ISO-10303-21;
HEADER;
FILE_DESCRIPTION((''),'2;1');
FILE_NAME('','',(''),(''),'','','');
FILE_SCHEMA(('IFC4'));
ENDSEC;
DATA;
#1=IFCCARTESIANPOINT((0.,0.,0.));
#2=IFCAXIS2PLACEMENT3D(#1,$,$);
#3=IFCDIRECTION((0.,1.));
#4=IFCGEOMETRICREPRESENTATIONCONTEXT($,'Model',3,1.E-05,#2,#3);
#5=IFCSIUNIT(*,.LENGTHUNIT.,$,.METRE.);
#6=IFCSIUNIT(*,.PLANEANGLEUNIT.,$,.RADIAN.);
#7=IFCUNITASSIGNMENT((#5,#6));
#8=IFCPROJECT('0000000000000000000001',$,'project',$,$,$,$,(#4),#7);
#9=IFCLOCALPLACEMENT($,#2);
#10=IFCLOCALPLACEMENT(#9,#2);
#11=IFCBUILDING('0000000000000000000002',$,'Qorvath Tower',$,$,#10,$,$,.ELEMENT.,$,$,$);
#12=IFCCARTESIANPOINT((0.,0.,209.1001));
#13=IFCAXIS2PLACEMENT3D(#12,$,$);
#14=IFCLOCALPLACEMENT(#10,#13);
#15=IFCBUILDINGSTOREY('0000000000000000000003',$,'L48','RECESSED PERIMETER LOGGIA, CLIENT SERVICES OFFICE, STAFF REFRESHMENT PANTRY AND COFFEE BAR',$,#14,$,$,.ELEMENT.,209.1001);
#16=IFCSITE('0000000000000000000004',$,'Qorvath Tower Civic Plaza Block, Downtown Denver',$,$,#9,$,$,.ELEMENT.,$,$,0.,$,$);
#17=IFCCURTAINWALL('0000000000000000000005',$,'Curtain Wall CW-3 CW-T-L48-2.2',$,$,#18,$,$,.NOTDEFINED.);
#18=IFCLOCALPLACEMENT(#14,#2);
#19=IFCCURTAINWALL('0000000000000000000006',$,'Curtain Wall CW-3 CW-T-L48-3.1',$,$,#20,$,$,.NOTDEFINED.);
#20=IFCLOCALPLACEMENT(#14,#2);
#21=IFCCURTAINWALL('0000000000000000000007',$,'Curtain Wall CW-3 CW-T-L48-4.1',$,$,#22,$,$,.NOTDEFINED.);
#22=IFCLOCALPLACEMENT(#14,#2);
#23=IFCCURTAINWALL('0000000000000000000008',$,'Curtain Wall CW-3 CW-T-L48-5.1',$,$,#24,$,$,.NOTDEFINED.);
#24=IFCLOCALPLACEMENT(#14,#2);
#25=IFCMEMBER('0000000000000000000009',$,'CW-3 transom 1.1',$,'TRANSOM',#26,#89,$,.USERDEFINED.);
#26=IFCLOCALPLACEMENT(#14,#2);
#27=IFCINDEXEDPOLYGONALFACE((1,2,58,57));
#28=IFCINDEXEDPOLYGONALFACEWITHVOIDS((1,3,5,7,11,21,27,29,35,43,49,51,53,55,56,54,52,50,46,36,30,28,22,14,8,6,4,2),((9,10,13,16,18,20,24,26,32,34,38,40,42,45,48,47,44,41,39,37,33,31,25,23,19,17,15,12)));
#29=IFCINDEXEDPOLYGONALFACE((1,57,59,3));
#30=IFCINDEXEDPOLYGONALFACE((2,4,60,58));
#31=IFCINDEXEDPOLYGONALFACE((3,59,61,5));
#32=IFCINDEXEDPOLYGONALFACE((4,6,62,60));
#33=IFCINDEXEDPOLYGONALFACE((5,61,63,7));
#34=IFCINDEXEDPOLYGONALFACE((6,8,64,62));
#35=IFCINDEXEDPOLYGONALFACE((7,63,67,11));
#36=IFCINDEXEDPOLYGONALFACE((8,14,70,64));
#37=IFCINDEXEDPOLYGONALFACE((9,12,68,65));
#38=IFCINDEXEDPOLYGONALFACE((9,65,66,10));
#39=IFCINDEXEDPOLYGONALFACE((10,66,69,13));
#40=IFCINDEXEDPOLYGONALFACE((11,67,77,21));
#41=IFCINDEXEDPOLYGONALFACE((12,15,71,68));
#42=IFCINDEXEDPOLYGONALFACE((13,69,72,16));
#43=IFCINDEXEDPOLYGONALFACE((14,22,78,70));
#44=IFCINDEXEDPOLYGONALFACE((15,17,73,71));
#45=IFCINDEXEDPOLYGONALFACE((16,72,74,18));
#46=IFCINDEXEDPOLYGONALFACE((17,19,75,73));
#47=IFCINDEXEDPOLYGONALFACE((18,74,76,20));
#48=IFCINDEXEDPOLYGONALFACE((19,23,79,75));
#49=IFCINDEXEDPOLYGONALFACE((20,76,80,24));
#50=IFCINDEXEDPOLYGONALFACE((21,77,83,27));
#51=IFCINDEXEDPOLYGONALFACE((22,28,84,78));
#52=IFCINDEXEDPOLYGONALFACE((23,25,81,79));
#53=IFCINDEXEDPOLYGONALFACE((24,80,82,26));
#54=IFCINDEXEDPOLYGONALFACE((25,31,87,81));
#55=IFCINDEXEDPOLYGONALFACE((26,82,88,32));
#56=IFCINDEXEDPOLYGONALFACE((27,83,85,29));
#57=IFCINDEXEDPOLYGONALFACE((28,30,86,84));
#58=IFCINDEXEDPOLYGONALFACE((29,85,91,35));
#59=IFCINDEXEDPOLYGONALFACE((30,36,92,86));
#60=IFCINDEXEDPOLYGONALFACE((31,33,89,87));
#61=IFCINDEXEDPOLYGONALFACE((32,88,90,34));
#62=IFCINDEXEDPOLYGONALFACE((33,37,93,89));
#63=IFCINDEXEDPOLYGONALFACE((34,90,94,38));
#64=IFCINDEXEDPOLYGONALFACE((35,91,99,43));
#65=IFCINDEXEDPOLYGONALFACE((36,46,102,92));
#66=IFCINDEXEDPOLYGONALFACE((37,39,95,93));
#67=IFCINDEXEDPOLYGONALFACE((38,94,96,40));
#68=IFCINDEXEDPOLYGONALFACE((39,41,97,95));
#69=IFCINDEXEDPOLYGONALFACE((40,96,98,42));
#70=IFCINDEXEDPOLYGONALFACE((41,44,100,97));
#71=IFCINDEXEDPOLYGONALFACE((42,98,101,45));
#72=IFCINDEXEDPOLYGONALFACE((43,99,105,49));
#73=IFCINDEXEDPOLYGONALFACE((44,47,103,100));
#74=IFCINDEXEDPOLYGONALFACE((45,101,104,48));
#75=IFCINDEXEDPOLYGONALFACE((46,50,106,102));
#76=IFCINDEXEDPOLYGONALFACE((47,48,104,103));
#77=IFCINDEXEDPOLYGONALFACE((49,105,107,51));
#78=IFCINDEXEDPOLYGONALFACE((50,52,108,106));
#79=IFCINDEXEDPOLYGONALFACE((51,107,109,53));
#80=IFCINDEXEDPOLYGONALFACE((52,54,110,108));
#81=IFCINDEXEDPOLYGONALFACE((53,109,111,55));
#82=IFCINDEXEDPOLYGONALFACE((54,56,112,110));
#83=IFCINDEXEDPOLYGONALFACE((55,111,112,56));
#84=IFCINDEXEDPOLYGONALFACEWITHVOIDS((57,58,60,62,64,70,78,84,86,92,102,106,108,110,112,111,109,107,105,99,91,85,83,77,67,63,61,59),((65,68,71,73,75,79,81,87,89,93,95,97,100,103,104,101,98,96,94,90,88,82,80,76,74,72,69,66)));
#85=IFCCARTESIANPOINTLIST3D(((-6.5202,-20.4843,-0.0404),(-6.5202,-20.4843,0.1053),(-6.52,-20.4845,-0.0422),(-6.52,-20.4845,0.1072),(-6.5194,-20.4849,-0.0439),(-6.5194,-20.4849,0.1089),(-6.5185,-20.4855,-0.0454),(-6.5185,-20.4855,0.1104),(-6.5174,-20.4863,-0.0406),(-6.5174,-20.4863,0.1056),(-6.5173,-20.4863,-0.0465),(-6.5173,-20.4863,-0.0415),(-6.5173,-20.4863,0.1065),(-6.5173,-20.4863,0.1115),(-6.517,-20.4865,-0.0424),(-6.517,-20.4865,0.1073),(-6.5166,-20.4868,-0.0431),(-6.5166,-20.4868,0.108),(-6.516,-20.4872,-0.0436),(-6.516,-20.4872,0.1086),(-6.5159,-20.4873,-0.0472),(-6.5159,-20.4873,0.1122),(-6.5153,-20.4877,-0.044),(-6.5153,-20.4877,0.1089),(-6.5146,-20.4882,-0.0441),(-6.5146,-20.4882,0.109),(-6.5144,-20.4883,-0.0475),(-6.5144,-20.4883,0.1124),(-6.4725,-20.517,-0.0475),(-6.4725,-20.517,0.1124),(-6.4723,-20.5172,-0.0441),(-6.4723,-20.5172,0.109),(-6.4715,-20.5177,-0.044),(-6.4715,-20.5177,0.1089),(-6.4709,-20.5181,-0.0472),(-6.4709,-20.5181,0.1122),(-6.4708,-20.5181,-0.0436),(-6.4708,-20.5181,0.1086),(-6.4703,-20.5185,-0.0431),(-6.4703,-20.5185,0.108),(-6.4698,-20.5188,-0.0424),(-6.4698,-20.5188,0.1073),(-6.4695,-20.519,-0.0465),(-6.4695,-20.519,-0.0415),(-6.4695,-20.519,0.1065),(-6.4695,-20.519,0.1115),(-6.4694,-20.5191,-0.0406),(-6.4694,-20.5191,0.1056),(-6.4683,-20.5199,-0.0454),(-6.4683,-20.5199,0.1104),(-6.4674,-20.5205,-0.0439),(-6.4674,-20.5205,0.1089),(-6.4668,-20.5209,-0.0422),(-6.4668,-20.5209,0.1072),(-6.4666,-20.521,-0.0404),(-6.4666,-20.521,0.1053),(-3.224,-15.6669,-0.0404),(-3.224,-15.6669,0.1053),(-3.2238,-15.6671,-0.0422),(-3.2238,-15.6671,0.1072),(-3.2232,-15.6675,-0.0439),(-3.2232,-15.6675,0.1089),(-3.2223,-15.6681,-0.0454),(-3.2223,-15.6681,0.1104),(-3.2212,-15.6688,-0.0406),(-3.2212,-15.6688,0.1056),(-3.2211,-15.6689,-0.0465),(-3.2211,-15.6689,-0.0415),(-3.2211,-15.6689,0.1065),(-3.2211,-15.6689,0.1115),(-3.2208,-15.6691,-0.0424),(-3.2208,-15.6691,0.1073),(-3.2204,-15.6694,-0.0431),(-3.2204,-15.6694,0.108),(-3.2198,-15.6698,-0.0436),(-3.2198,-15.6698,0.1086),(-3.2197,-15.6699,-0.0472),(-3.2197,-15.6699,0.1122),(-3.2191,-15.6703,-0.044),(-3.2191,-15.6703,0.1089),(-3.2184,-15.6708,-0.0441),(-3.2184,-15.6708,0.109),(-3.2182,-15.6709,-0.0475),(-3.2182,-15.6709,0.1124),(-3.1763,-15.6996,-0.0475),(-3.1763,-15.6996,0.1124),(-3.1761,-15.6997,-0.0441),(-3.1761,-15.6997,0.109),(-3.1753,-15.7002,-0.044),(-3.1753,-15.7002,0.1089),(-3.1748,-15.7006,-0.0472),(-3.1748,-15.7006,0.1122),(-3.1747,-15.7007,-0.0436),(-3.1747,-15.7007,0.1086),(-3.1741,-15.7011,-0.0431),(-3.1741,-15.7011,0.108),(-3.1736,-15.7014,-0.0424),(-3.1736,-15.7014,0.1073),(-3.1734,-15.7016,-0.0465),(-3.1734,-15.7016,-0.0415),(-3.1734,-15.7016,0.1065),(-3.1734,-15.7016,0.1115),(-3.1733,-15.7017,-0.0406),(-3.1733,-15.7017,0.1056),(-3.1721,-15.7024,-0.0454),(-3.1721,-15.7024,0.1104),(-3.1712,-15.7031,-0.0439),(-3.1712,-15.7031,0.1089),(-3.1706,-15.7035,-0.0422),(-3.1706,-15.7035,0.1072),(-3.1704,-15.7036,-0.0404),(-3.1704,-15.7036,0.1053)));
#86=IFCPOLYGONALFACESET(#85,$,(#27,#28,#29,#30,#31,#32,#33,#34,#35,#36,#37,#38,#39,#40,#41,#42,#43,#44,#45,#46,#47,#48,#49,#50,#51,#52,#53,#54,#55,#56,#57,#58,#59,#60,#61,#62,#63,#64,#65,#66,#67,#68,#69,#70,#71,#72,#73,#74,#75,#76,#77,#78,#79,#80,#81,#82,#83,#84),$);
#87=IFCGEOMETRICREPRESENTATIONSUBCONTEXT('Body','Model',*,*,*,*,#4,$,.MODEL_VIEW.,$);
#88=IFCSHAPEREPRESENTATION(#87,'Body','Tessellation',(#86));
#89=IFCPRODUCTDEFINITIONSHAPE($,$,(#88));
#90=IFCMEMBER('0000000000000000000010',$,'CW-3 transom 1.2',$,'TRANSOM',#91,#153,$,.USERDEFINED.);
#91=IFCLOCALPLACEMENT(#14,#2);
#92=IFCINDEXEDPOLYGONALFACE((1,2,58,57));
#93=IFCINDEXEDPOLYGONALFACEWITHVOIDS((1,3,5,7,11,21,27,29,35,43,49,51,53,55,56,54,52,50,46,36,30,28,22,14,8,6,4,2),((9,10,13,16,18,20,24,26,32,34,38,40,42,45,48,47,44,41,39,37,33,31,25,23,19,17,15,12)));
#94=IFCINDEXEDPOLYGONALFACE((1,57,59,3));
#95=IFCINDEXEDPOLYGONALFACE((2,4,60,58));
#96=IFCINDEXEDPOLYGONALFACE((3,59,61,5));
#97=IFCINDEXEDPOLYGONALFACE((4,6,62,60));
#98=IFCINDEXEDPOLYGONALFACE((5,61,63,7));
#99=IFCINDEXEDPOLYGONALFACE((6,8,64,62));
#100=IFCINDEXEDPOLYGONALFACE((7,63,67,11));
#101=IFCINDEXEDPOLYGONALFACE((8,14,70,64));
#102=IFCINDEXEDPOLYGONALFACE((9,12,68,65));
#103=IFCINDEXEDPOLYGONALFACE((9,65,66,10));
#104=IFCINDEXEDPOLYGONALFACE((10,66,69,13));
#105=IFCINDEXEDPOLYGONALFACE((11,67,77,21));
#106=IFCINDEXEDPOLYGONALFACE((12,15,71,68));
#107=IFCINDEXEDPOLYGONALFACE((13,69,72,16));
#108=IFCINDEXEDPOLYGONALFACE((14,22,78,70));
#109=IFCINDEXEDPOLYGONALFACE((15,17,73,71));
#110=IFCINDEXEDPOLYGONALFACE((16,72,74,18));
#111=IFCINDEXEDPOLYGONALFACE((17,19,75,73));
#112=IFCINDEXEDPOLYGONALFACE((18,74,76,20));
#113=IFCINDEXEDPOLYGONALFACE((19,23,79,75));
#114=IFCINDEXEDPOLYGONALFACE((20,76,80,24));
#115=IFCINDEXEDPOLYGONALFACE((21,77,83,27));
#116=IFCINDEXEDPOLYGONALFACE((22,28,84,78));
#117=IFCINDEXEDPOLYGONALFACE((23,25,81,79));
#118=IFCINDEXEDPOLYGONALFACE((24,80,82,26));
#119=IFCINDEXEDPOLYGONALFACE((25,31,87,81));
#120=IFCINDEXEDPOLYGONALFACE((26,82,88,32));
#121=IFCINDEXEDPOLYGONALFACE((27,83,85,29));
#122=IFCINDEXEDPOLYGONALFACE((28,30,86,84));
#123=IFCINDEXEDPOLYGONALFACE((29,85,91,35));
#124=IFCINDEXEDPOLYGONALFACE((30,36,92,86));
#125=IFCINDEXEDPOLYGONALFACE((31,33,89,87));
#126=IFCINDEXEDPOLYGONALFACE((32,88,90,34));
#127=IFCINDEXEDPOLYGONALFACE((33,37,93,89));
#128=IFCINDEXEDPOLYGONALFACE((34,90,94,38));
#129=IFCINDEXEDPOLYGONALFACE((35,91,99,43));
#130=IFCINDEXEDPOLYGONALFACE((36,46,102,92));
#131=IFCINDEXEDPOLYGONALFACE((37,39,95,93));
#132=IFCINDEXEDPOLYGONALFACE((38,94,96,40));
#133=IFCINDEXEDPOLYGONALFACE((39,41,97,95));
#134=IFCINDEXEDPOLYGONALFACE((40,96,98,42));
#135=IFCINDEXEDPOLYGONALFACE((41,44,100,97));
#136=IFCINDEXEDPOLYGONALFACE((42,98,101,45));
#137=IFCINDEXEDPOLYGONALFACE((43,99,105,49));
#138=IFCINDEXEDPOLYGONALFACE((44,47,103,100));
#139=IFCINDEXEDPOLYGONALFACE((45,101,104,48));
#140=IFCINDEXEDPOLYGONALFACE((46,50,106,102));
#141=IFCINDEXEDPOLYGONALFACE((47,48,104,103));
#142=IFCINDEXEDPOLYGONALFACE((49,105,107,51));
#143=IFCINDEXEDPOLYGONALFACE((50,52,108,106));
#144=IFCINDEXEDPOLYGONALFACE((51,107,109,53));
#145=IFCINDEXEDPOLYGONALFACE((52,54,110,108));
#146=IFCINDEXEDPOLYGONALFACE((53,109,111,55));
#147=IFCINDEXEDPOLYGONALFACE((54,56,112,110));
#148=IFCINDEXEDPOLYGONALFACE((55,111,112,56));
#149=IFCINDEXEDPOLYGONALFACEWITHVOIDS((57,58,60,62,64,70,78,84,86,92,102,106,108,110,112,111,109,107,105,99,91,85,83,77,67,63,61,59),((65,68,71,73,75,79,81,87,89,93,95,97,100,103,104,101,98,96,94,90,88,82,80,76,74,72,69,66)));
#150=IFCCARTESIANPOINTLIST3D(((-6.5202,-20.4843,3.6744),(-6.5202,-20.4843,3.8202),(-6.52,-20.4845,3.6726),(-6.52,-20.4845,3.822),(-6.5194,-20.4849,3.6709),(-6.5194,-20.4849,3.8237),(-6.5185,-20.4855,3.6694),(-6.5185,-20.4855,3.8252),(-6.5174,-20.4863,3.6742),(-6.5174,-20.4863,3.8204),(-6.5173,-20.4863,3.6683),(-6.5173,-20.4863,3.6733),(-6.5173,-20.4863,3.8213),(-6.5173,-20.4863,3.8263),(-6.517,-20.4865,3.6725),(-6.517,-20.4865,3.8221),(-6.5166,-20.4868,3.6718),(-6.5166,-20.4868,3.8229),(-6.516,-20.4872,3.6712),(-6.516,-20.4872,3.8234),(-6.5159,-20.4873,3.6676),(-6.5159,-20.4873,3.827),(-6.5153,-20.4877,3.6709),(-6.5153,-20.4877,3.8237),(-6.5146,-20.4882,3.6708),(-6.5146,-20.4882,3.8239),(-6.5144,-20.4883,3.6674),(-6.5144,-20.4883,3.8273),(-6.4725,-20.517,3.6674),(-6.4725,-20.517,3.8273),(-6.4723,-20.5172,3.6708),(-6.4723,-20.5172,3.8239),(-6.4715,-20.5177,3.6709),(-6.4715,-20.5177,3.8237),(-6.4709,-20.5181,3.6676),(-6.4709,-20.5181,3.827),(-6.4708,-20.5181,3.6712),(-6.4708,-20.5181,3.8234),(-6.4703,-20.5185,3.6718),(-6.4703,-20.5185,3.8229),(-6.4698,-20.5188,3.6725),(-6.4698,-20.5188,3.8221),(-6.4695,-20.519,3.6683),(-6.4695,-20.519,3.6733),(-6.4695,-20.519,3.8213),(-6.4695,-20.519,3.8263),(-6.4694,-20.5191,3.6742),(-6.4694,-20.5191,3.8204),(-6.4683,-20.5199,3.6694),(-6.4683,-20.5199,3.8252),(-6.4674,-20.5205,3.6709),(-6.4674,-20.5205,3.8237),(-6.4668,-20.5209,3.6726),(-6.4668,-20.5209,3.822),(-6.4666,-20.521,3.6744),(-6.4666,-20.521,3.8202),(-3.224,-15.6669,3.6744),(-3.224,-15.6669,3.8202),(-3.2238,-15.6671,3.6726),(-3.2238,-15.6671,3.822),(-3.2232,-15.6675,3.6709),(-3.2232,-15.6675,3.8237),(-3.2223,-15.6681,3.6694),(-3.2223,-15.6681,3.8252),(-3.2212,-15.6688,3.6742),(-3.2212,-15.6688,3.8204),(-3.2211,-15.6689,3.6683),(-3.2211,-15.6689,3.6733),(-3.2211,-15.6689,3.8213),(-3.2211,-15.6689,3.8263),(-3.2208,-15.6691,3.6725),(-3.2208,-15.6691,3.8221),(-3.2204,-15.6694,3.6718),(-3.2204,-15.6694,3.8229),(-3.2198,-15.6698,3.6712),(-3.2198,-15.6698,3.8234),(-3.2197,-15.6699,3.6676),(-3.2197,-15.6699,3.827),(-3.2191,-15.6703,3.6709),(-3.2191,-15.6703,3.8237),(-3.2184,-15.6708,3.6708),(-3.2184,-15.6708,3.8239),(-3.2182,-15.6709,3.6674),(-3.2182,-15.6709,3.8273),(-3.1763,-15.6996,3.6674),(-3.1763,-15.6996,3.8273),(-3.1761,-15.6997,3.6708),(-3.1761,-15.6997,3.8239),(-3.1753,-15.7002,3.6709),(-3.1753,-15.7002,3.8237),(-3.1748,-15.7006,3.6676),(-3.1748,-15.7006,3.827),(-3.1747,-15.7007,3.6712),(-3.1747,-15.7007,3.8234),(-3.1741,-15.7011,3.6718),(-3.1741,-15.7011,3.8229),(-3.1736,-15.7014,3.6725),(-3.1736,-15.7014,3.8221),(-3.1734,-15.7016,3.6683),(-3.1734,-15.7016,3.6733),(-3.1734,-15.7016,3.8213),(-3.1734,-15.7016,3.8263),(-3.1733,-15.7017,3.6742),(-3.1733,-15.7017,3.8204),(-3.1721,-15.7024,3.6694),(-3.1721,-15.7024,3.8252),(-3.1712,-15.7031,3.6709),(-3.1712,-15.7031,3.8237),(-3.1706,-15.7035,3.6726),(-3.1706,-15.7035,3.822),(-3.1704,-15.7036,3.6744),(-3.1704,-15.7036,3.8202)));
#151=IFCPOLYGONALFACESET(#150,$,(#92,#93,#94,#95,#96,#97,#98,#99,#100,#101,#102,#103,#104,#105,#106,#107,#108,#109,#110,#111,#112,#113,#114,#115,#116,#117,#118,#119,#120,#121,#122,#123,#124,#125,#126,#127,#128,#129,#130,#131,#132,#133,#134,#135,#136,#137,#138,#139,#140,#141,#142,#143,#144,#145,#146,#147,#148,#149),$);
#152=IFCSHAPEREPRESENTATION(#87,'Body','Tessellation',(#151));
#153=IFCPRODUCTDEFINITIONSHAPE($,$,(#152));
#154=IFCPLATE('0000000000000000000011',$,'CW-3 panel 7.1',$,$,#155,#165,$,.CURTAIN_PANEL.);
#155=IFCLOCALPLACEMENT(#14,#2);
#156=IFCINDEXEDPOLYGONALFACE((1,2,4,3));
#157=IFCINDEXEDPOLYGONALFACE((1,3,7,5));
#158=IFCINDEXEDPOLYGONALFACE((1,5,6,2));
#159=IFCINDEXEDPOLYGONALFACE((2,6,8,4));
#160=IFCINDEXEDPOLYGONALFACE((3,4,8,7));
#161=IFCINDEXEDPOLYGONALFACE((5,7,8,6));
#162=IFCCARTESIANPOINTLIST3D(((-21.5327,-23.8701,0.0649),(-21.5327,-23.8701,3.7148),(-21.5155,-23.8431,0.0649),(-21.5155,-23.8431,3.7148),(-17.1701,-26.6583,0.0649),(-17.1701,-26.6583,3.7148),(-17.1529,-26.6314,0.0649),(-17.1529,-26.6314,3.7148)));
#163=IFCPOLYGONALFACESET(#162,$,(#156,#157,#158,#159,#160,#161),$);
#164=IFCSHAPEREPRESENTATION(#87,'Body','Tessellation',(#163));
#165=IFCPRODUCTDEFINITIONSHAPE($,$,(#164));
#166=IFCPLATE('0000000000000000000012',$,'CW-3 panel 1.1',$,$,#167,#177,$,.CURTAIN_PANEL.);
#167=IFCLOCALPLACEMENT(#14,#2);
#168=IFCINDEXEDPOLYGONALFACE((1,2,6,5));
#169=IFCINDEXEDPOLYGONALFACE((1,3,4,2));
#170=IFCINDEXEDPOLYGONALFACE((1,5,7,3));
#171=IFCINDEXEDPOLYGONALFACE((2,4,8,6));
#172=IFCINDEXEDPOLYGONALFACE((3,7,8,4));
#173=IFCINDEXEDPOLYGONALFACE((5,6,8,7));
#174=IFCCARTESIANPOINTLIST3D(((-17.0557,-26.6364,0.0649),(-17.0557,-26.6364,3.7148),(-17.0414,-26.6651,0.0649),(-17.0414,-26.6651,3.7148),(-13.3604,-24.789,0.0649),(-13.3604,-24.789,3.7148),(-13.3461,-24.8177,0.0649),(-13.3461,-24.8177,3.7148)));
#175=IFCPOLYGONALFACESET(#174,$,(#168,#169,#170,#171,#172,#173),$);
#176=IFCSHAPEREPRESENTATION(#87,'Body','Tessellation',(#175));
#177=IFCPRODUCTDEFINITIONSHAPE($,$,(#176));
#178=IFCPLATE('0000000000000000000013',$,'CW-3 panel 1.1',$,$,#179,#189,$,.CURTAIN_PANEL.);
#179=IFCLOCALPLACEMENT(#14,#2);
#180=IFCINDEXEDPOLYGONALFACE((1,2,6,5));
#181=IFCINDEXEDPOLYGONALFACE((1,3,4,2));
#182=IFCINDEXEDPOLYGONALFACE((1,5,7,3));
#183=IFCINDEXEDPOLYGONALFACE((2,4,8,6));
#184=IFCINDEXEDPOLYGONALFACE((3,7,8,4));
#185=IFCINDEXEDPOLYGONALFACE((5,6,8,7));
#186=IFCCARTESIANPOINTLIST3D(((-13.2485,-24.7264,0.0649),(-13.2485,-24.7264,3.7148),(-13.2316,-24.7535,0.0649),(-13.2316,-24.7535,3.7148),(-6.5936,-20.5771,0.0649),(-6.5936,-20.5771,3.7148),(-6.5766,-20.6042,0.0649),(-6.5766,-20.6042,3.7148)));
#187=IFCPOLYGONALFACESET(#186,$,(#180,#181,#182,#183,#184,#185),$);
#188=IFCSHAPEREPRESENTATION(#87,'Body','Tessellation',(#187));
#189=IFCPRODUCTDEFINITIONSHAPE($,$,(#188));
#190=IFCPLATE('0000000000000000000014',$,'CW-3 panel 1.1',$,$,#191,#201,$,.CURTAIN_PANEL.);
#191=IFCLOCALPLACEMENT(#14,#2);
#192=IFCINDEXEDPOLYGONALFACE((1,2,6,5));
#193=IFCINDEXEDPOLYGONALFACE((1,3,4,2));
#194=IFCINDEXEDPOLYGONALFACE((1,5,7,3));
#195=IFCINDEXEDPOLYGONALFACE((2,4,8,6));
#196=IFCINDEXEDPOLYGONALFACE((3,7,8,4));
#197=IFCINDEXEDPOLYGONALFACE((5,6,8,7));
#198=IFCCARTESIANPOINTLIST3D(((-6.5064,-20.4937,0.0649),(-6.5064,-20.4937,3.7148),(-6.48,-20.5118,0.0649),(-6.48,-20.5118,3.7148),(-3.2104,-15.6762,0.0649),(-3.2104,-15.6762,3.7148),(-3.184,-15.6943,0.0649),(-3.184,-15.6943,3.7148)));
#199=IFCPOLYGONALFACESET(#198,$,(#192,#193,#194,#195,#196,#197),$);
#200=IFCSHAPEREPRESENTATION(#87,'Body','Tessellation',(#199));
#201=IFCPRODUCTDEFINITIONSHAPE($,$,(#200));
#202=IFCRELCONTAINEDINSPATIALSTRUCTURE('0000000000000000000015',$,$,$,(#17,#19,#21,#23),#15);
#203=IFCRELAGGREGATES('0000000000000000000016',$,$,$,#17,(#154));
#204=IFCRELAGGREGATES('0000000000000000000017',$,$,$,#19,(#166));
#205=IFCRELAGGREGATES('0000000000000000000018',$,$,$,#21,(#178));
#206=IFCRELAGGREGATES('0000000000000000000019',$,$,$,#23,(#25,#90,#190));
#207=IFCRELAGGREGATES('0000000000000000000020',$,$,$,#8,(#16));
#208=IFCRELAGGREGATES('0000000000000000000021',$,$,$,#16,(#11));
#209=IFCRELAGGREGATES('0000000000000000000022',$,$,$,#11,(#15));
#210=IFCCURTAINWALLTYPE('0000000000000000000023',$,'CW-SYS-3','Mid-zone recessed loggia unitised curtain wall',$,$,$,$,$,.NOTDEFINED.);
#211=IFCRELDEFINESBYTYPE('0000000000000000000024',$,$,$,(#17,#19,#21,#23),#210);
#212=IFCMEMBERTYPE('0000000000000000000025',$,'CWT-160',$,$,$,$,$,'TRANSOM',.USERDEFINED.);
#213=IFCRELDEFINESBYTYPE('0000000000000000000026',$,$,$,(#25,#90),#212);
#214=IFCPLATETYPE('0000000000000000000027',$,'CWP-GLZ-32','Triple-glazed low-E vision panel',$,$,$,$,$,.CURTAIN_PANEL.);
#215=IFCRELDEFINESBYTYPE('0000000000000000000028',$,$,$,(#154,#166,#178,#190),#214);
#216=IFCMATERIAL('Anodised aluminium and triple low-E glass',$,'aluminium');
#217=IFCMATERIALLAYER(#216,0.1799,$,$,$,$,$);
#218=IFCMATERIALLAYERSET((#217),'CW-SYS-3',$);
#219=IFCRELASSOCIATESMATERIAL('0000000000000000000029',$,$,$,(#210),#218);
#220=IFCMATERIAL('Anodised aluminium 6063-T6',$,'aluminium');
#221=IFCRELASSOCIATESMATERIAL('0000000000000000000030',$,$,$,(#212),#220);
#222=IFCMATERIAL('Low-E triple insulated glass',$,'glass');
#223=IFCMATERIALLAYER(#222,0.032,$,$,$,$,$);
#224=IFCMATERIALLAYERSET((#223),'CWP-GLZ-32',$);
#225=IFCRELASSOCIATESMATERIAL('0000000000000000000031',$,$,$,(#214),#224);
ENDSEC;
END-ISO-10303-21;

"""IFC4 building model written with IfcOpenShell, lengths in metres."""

from ifc_helpers import new_model, si_unit, direction, frame, origin, origin_2d, place, context, subcontext, project, spatial, rectangle, hollow_rectangle, extrude, material, layer, layer_set, material_profile, profile_set, type_object, element, aggregate, save


model = new_model("IFC4")

# Units and contexts
model_context = context("Model", 3, precision=1e-05, world=origin(), true_north=direction((0.0, 1.0)))
body_context = subcontext(model_context, "Body", "Model", "MODEL_VIEW")
ifc_project = project(units=[si_unit("LENGTHUNIT", "METRE"), si_unit("PLANEANGLEUNIT", "RADIAN")], contexts=[model_context])

# Site, building, storey
site_placement = place(None, origin())
site = spatial("IfcSite", under=ifc_project, at=site_placement, Name="Qorvath Tower Civic Plaza Block, Downtown Denver", CompositionType="ELEMENT", RefElevation=0.0)
building_placement = place(site_placement, origin())
building = spatial("IfcBuilding", under=site, at=building_placement, Name="Qorvath Tower", CompositionType="ELEMENT")
storey_placement = place(building_placement, frame((0.0, 0.0, 209.1001)))
storey = spatial("IfcBuildingStorey", under=building, at=storey_placement, Name="L48", Description="RECESSED PERIMETER LOGGIA, CLIENT SERVICES OFFICE, STAFF REFRESHMENT PANTRY AND COFFEE BAR", CompositionType="ELEMENT", Elevation=209.1001)

# Curtain wall
ifc_material_1 = material(Name="Anodised aluminium and triple low-E glass", Category="aluminium")
ifc_layer_1 = layer(ifc_material_1, 0.1799)
ifc_layer_set_1 = layer_set([ifc_layer_1], Name="CW-SYS-3")
curtain_wall_type = type_object("IfcCurtainWallType", Name="CW-SYS-3", Description="Mid-zone recessed loggia unitised curtain wall", PredefinedType="NOTDEFINED", material=ifc_layer_set_1)
curtain_wall_1_placement = place(storey_placement, origin())
curtain_wall_1 = element("IfcCurtainWall", 1, at=curtain_wall_1_placement, inside=storey, type_object=curtain_wall_type, Name="Curtain Wall CW-3 CW-T-L48-2.2", PredefinedType="NOTDEFINED")

# Curtain walls
curtain_wall_2_placement = place(storey_placement, origin())
curtain_wall_2 = element("IfcCurtainWall", 2, at=curtain_wall_2_placement, inside=storey, type_object=curtain_wall_type, Name="Curtain Wall CW-3 CW-T-L48-3.1", PredefinedType="NOTDEFINED")
curtain_wall_3_placement = place(storey_placement, origin())
curtain_wall_3 = element("IfcCurtainWall", 3, at=curtain_wall_3_placement, inside=storey, type_object=curtain_wall_type, Name="Curtain Wall CW-3 CW-T-L48-4.1", PredefinedType="NOTDEFINED")
curtain_wall_4_placement = place(storey_placement, origin())
curtain_wall_4 = element("IfcCurtainWall", 4, at=curtain_wall_4_placement, inside=storey, type_object=curtain_wall_type, Name="Curtain Wall CW-3 CW-T-L48-5.1", PredefinedType="NOTDEFINED")

# Members
ifc_material_2 = material(Name="Anodised aluminium 6063-T6", Category="aluminium")
ifc_material_profile_1 = material_profile(ifc_material_2, hollow_rectangle(XDim=0.0649, YDim=0.1599, WallThickness=0.0034, InnerFilletRadius=0.0034, OuterFilletRadius=0.0071, at=origin_2d()), Name="CWT 160x65")
ifc_profile_set_1 = profile_set([ifc_material_profile_1], Name="Anodised aluminium 6063-T6")
member_type_1 = type_object("IfcMemberType", Name="CWT-160", ElementType="TRANSOM", PredefinedType="USERDEFINED", material=ifc_profile_set_1)
member_1_placement = place(storey_placement, frame((-6.4934, -20.5027, 0.0325), z_axis=(0.564688, 0.825304, 0.0), x_axis=(-0.825304, 0.564688, 0.0)))
member_1 = element("IfcMember", 5, at=member_1_placement, type_object=member_type_1, Name="CW-3 transom 1.1", ObjectType="TRANSOM", PredefinedType="USERDEFINED", context=body_context, shape_type="SweptSolid", body=[
    extrude(hollow_rectangle(XDim=0.0649, YDim=0.1599, WallThickness=0.0034, InnerFilletRadius=0.0034, OuterFilletRadius=0.0071, at=origin_2d()), origin(), (0.0, 0.0, 1.0), 5.8372),
])
member_2_placement = place(storey_placement, frame((-6.4934, -20.5027, 3.7473), z_axis=(0.564688, 0.825304, 0.0), x_axis=(-0.825304, 0.564688, 0.0)))
member_2 = element("IfcMember", 6, at=member_2_placement, type_object=member_type_1, Name="CW-3 transom 1.2", ObjectType="TRANSOM", PredefinedType="USERDEFINED", context=body_context, shape_type="SweptSolid", body=[
    extrude(hollow_rectangle(XDim=0.0649, YDim=0.1599, WallThickness=0.0034, InnerFilletRadius=0.0034, OuterFilletRadius=0.0071, at=origin_2d()), origin(), (0.0, 0.0, 1.0), 5.8372),
])

# Plates
ifc_material_3 = material(Name="Low-E triple insulated glass", Category="glass")
ifc_layer_2 = layer(ifc_material_3, 0.032)
ifc_layer_set_2 = layer_set([ifc_layer_2], Name="CWP-GLZ-32")
plate_type = type_object("IfcPlateType", Name="CWP-GLZ-32", Description="Triple-glazed low-E vision panel", PredefinedType="CURTAIN_PANEL", material=ifc_layer_set_2)
plate_1_placement = place(storey_placement, frame((-19.3428, -25.2507, 0.0649), z_axis=(0.0, 0.0, 1.0), x_axis=(0.842605, -0.538533, 0.0)))
plate_1 = element("IfcPlate", 7, at=plate_1_placement, type_object=plate_type, Name="CW-3 panel 7.1", PredefinedType="CURTAIN_PANEL", context=body_context, shape_type="SweptSolid", body=[
    extrude(rectangle(XDim=5.1775, YDim=0.032, at=origin_2d()), origin(), (0.0, 0.0, 1.0), 3.6499),
])
aggregate(curtain_wall_1, [plate_1])
plate_2_placement = place(storey_placement, frame((-15.2009, -25.7271, 0.0649), z_axis=(0.0, 0.0, 1.0), x_axis=(0.894451, 0.447167, 0.0)))
plate_2 = element("IfcPlate", 8, at=plate_2_placement, type_object=plate_type, Name="CW-3 panel 1.1", PredefinedType="CURTAIN_PANEL", context=body_context, shape_type="SweptSolid", body=[
    extrude(rectangle(XDim=4.1313, YDim=0.032, at=origin_2d()), origin(), (0.0, 0.0, 1.0), 3.6499),
])
aggregate(curtain_wall_2, [plate_2])
plate_3_placement = place(storey_placement, frame((-9.9126, -22.6653, 0.0649), z_axis=(0.0, 0.0, 1.0), x_axis=(0.848576, 0.529074, 0.0)))
plate_3 = element("IfcPlate", 9, at=plate_3_placement, type_object=plate_type, Name="CW-3 panel 1.1", PredefinedType="CURTAIN_PANEL", context=body_context, shape_type="SweptSolid", body=[
    extrude(rectangle(XDim=7.8425, YDim=0.032, at=origin_2d()), origin(), (0.0, 0.0, 1.0), 3.6499),
])
aggregate(curtain_wall_3, [plate_3])
plate_4_placement = place(storey_placement, frame((-4.8452, -18.094, 0.0649), z_axis=(0.0, 0.0, 1.0), x_axis=(0.564661, 0.825323, 0.0)))
plate_4 = element("IfcPlate", 10, at=plate_4_placement, type_object=plate_type, Name="CW-3 panel 1.1", PredefinedType="CURTAIN_PANEL", context=body_context, shape_type="SweptSolid", body=[
    extrude(rectangle(XDim=5.8372, YDim=0.032, at=origin_2d()), origin(), (0.0, 0.0, 1.0), 3.6499),
])
aggregate(curtain_wall_4, [member_1, member_2, plate_4])

save(model, "model.ifc")
